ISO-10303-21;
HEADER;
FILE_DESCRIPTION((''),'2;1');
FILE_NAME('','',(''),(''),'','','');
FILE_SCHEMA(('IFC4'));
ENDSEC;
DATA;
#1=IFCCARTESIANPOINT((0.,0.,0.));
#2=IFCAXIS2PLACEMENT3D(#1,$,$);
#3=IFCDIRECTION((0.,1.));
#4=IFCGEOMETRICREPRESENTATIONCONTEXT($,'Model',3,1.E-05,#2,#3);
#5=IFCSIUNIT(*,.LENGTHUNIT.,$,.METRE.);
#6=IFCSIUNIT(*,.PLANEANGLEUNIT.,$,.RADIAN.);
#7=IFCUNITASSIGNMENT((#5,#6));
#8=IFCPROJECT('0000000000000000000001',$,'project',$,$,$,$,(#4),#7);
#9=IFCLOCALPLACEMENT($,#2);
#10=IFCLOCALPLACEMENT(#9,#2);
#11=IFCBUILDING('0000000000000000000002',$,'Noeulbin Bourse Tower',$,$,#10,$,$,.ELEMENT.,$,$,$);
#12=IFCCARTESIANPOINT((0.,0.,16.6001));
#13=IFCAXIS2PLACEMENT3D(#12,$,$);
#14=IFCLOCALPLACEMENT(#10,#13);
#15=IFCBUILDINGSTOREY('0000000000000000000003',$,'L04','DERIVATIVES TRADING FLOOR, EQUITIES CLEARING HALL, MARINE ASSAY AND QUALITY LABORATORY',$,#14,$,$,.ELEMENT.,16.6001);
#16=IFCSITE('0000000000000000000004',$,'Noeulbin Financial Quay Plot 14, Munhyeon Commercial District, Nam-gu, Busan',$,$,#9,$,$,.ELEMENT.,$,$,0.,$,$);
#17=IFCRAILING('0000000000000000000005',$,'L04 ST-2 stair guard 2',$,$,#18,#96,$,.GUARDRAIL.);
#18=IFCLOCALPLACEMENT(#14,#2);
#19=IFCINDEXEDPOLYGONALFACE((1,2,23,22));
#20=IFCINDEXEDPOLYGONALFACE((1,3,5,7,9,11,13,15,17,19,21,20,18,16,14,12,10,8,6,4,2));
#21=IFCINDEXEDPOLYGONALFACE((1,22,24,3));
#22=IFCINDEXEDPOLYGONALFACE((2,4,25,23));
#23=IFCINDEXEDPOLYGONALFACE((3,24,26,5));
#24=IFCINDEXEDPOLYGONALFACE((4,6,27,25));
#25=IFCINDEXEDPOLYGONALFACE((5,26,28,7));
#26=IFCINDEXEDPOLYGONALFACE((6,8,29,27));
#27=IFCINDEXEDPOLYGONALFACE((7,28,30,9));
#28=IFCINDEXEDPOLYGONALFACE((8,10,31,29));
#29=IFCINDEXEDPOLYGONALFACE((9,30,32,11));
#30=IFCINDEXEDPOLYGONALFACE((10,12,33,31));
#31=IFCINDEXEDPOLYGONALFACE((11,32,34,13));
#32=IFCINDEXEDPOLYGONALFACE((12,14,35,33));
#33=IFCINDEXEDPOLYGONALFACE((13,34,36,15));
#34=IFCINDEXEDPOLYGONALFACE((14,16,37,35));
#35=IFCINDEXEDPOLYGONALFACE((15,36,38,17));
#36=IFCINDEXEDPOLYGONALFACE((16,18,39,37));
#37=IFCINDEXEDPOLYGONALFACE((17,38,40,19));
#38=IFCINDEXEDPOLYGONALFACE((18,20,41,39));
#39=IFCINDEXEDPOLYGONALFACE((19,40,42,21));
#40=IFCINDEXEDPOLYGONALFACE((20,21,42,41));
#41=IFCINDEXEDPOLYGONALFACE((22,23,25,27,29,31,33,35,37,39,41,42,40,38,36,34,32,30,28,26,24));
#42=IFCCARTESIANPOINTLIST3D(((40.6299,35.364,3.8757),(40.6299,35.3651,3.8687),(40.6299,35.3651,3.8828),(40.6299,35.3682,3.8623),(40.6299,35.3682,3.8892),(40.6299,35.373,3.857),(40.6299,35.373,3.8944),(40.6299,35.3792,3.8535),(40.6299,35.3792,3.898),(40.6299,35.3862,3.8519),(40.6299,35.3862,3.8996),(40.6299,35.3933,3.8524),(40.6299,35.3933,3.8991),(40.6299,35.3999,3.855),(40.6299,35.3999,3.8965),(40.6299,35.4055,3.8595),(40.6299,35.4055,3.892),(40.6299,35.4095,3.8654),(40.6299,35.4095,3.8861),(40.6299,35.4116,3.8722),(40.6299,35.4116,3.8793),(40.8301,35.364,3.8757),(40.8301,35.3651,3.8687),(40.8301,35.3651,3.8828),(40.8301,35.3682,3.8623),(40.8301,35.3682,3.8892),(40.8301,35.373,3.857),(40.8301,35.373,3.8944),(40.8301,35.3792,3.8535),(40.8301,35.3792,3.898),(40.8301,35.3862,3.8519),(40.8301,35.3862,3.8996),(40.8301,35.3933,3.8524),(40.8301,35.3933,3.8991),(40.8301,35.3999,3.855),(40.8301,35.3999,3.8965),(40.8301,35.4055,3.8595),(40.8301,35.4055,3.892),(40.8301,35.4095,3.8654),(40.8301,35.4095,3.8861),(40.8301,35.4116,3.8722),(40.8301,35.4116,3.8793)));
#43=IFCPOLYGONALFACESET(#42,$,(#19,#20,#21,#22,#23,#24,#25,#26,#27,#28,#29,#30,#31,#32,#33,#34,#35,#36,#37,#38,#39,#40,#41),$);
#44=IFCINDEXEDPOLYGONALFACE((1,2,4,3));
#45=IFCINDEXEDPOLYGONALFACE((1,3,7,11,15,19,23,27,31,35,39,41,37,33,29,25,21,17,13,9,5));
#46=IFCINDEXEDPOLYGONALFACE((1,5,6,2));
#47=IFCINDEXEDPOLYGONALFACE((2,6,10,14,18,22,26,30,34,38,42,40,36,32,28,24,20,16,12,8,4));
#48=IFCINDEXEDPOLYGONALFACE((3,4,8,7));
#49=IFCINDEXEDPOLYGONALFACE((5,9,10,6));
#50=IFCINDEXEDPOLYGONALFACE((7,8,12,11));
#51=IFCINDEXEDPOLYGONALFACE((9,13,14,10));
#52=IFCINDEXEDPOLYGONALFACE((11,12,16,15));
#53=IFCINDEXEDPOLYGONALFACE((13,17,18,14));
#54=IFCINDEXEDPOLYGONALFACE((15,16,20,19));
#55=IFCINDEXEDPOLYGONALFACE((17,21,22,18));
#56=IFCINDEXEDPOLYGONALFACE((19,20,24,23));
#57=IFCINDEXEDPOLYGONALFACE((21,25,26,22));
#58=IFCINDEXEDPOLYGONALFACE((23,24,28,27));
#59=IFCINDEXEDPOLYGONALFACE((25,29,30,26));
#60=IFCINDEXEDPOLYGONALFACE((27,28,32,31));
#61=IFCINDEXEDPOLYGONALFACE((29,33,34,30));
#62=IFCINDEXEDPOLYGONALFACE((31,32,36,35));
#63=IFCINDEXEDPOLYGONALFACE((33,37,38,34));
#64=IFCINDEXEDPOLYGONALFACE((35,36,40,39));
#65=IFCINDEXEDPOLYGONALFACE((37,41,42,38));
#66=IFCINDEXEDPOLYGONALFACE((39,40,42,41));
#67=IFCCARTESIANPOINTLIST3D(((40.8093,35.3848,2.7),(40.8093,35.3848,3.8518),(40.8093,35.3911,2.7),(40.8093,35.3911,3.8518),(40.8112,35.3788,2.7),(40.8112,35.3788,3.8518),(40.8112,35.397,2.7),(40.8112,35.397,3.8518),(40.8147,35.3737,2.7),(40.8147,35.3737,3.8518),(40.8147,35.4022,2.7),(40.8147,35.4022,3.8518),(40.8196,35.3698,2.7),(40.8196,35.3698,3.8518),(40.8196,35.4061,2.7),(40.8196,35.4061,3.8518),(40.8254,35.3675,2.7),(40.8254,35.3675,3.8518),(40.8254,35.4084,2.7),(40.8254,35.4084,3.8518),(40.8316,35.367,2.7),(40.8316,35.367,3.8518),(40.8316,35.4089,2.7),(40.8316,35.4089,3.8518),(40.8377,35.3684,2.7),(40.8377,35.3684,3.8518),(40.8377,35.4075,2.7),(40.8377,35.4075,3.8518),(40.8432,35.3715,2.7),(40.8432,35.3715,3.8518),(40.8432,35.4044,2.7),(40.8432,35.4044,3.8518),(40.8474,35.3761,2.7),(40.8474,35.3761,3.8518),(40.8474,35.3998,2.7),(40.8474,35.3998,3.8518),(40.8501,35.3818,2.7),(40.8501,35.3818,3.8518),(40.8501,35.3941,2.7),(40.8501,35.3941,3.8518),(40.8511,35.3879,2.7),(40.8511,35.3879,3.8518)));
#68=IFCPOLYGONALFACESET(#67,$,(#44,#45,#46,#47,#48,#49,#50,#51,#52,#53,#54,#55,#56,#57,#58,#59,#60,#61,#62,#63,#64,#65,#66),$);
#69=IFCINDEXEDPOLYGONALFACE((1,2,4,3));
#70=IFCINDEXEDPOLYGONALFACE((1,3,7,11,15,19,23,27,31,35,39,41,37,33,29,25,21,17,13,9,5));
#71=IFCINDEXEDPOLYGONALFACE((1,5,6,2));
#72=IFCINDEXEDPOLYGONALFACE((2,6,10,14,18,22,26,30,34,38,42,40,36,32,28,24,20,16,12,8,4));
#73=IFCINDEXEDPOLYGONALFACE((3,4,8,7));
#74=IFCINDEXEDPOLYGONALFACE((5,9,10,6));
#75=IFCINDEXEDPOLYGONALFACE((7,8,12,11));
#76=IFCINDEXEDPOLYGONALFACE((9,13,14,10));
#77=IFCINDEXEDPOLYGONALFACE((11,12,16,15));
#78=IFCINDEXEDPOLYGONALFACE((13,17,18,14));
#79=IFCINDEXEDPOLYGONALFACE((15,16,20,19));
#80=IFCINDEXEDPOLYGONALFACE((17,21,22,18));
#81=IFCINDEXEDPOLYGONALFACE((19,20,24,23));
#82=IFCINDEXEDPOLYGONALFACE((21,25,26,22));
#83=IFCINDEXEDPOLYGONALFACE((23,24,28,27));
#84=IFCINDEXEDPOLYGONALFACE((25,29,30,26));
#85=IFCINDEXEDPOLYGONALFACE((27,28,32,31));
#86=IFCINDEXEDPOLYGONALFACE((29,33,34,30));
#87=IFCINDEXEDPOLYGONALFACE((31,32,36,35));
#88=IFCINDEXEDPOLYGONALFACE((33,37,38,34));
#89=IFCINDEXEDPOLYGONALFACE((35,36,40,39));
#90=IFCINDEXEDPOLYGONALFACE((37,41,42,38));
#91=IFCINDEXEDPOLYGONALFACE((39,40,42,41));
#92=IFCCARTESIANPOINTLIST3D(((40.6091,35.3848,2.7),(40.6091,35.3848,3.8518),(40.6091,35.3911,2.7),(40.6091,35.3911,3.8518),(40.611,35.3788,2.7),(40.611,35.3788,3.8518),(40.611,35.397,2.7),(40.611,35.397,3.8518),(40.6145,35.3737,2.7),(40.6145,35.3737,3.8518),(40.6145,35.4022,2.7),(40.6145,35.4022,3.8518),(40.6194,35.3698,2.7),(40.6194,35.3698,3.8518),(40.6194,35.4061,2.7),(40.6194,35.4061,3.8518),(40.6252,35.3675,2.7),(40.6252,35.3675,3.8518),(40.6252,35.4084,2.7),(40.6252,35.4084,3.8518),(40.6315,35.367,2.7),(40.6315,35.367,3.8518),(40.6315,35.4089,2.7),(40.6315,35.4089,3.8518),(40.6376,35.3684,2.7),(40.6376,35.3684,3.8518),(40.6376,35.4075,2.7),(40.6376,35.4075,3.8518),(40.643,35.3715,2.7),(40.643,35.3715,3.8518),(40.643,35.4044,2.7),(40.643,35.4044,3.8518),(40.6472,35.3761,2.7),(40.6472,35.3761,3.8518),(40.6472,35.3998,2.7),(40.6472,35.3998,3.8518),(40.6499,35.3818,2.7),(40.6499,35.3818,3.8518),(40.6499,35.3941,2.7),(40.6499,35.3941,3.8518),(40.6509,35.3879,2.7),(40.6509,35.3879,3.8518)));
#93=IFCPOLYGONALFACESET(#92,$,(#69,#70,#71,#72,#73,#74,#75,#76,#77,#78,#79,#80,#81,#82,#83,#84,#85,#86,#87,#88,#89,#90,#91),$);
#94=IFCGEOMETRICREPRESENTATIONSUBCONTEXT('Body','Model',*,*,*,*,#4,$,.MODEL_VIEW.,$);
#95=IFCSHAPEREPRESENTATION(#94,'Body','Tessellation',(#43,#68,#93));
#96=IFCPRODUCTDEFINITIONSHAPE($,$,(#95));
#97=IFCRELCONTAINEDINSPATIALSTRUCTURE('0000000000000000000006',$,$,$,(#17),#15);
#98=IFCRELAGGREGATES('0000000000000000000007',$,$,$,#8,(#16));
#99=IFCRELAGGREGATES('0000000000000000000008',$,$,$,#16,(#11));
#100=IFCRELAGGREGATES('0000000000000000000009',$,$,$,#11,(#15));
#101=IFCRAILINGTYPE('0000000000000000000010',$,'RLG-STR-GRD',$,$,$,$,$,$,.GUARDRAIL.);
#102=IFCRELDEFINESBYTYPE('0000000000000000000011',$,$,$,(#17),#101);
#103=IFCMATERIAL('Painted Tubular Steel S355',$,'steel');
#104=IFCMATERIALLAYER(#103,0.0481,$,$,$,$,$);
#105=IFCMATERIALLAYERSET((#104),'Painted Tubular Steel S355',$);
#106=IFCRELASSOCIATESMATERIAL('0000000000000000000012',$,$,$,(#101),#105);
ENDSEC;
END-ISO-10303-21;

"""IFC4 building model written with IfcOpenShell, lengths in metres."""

from ifc_helpers import new_model, si_unit, direction, frame, origin, origin_2d, place, context, subcontext, project, spatial, circle, extrude, material, layer, layer_set, type_object, element, save


model = new_model("IFC4")

# Units and contexts
model_context = context("Model", 3, precision=1e-05, world=origin(), true_north=direction((0.0, 1.0)))
body_context = subcontext(model_context, "Body", "Model", "MODEL_VIEW")
ifc_project = project(units=[si_unit("LENGTHUNIT", "METRE"), si_unit("PLANEANGLEUNIT", "RADIAN")], contexts=[model_context])

# Site, building, storey
site_placement = place(None, origin())
site = spatial("IfcSite", under=ifc_project, at=site_placement, Name="Noeulbin Financial Quay Plot 14, Munhyeon Commercial District, Nam-gu, Busan", CompositionType="ELEMENT", RefElevation=0.0)
building_placement = place(site_placement, origin())
building = spatial("IfcBuilding", under=site, at=building_placement, Name="Noeulbin Bourse Tower", CompositionType="ELEMENT")
storey_placement = place(building_placement, frame((0.0, 0.0, 16.6001)))
storey = spatial("IfcBuildingStorey", under=building, at=storey_placement, Name="L04", Description="DERIVATIVES TRADING FLOOR, EQUITIES CLEARING HALL, MARINE ASSAY AND QUALITY LABORATORY", CompositionType="ELEMENT", Elevation=16.6001)

# Railing
ifc_material_1 = material(Name="Painted Tubular Steel S355", Category="steel")
ifc_layer_1 = layer(ifc_material_1, 0.0481)
ifc_layer_set_1 = layer_set([ifc_layer_1], Name="Painted Tubular Steel S355")
railing_type_1 = type_object("IfcRailingType", Name="RLG-STR-GRD", PredefinedType="GUARDRAIL", material=ifc_layer_set_1)
railing_1_placement = place(storey_placement, frame((40.8301, 35.3879, 2.7)))
element("IfcRailing", 1, at=railing_1_placement, inside=storey, type_object=railing_type_1, Name="L04 ST-2 stair guard 2", PredefinedType="GUARDRAIL", context=body_context, shape_type="SweptSolid", body=[
    extrude(circle(Radius=0.0239, at=origin_2d()), frame((0.0, 0.0, 1.1758), z_axis=(-1.0, 0.0, 0.0), x_axis=(0.0, -1.0, 0.0)), (0.0, 0.0, 1.0), 0.2002),
    extrude(circle(Radius=0.021, at=origin_2d()), origin(), (0.0, 0.0, 1.0), 1.1519),
    extrude(circle(Radius=0.021, at=origin_2d()), frame((-0.2002, 0.0, 0.0)), (0.0, 0.0, 1.0), 1.1519),
])

save(model, "model.ifc")
